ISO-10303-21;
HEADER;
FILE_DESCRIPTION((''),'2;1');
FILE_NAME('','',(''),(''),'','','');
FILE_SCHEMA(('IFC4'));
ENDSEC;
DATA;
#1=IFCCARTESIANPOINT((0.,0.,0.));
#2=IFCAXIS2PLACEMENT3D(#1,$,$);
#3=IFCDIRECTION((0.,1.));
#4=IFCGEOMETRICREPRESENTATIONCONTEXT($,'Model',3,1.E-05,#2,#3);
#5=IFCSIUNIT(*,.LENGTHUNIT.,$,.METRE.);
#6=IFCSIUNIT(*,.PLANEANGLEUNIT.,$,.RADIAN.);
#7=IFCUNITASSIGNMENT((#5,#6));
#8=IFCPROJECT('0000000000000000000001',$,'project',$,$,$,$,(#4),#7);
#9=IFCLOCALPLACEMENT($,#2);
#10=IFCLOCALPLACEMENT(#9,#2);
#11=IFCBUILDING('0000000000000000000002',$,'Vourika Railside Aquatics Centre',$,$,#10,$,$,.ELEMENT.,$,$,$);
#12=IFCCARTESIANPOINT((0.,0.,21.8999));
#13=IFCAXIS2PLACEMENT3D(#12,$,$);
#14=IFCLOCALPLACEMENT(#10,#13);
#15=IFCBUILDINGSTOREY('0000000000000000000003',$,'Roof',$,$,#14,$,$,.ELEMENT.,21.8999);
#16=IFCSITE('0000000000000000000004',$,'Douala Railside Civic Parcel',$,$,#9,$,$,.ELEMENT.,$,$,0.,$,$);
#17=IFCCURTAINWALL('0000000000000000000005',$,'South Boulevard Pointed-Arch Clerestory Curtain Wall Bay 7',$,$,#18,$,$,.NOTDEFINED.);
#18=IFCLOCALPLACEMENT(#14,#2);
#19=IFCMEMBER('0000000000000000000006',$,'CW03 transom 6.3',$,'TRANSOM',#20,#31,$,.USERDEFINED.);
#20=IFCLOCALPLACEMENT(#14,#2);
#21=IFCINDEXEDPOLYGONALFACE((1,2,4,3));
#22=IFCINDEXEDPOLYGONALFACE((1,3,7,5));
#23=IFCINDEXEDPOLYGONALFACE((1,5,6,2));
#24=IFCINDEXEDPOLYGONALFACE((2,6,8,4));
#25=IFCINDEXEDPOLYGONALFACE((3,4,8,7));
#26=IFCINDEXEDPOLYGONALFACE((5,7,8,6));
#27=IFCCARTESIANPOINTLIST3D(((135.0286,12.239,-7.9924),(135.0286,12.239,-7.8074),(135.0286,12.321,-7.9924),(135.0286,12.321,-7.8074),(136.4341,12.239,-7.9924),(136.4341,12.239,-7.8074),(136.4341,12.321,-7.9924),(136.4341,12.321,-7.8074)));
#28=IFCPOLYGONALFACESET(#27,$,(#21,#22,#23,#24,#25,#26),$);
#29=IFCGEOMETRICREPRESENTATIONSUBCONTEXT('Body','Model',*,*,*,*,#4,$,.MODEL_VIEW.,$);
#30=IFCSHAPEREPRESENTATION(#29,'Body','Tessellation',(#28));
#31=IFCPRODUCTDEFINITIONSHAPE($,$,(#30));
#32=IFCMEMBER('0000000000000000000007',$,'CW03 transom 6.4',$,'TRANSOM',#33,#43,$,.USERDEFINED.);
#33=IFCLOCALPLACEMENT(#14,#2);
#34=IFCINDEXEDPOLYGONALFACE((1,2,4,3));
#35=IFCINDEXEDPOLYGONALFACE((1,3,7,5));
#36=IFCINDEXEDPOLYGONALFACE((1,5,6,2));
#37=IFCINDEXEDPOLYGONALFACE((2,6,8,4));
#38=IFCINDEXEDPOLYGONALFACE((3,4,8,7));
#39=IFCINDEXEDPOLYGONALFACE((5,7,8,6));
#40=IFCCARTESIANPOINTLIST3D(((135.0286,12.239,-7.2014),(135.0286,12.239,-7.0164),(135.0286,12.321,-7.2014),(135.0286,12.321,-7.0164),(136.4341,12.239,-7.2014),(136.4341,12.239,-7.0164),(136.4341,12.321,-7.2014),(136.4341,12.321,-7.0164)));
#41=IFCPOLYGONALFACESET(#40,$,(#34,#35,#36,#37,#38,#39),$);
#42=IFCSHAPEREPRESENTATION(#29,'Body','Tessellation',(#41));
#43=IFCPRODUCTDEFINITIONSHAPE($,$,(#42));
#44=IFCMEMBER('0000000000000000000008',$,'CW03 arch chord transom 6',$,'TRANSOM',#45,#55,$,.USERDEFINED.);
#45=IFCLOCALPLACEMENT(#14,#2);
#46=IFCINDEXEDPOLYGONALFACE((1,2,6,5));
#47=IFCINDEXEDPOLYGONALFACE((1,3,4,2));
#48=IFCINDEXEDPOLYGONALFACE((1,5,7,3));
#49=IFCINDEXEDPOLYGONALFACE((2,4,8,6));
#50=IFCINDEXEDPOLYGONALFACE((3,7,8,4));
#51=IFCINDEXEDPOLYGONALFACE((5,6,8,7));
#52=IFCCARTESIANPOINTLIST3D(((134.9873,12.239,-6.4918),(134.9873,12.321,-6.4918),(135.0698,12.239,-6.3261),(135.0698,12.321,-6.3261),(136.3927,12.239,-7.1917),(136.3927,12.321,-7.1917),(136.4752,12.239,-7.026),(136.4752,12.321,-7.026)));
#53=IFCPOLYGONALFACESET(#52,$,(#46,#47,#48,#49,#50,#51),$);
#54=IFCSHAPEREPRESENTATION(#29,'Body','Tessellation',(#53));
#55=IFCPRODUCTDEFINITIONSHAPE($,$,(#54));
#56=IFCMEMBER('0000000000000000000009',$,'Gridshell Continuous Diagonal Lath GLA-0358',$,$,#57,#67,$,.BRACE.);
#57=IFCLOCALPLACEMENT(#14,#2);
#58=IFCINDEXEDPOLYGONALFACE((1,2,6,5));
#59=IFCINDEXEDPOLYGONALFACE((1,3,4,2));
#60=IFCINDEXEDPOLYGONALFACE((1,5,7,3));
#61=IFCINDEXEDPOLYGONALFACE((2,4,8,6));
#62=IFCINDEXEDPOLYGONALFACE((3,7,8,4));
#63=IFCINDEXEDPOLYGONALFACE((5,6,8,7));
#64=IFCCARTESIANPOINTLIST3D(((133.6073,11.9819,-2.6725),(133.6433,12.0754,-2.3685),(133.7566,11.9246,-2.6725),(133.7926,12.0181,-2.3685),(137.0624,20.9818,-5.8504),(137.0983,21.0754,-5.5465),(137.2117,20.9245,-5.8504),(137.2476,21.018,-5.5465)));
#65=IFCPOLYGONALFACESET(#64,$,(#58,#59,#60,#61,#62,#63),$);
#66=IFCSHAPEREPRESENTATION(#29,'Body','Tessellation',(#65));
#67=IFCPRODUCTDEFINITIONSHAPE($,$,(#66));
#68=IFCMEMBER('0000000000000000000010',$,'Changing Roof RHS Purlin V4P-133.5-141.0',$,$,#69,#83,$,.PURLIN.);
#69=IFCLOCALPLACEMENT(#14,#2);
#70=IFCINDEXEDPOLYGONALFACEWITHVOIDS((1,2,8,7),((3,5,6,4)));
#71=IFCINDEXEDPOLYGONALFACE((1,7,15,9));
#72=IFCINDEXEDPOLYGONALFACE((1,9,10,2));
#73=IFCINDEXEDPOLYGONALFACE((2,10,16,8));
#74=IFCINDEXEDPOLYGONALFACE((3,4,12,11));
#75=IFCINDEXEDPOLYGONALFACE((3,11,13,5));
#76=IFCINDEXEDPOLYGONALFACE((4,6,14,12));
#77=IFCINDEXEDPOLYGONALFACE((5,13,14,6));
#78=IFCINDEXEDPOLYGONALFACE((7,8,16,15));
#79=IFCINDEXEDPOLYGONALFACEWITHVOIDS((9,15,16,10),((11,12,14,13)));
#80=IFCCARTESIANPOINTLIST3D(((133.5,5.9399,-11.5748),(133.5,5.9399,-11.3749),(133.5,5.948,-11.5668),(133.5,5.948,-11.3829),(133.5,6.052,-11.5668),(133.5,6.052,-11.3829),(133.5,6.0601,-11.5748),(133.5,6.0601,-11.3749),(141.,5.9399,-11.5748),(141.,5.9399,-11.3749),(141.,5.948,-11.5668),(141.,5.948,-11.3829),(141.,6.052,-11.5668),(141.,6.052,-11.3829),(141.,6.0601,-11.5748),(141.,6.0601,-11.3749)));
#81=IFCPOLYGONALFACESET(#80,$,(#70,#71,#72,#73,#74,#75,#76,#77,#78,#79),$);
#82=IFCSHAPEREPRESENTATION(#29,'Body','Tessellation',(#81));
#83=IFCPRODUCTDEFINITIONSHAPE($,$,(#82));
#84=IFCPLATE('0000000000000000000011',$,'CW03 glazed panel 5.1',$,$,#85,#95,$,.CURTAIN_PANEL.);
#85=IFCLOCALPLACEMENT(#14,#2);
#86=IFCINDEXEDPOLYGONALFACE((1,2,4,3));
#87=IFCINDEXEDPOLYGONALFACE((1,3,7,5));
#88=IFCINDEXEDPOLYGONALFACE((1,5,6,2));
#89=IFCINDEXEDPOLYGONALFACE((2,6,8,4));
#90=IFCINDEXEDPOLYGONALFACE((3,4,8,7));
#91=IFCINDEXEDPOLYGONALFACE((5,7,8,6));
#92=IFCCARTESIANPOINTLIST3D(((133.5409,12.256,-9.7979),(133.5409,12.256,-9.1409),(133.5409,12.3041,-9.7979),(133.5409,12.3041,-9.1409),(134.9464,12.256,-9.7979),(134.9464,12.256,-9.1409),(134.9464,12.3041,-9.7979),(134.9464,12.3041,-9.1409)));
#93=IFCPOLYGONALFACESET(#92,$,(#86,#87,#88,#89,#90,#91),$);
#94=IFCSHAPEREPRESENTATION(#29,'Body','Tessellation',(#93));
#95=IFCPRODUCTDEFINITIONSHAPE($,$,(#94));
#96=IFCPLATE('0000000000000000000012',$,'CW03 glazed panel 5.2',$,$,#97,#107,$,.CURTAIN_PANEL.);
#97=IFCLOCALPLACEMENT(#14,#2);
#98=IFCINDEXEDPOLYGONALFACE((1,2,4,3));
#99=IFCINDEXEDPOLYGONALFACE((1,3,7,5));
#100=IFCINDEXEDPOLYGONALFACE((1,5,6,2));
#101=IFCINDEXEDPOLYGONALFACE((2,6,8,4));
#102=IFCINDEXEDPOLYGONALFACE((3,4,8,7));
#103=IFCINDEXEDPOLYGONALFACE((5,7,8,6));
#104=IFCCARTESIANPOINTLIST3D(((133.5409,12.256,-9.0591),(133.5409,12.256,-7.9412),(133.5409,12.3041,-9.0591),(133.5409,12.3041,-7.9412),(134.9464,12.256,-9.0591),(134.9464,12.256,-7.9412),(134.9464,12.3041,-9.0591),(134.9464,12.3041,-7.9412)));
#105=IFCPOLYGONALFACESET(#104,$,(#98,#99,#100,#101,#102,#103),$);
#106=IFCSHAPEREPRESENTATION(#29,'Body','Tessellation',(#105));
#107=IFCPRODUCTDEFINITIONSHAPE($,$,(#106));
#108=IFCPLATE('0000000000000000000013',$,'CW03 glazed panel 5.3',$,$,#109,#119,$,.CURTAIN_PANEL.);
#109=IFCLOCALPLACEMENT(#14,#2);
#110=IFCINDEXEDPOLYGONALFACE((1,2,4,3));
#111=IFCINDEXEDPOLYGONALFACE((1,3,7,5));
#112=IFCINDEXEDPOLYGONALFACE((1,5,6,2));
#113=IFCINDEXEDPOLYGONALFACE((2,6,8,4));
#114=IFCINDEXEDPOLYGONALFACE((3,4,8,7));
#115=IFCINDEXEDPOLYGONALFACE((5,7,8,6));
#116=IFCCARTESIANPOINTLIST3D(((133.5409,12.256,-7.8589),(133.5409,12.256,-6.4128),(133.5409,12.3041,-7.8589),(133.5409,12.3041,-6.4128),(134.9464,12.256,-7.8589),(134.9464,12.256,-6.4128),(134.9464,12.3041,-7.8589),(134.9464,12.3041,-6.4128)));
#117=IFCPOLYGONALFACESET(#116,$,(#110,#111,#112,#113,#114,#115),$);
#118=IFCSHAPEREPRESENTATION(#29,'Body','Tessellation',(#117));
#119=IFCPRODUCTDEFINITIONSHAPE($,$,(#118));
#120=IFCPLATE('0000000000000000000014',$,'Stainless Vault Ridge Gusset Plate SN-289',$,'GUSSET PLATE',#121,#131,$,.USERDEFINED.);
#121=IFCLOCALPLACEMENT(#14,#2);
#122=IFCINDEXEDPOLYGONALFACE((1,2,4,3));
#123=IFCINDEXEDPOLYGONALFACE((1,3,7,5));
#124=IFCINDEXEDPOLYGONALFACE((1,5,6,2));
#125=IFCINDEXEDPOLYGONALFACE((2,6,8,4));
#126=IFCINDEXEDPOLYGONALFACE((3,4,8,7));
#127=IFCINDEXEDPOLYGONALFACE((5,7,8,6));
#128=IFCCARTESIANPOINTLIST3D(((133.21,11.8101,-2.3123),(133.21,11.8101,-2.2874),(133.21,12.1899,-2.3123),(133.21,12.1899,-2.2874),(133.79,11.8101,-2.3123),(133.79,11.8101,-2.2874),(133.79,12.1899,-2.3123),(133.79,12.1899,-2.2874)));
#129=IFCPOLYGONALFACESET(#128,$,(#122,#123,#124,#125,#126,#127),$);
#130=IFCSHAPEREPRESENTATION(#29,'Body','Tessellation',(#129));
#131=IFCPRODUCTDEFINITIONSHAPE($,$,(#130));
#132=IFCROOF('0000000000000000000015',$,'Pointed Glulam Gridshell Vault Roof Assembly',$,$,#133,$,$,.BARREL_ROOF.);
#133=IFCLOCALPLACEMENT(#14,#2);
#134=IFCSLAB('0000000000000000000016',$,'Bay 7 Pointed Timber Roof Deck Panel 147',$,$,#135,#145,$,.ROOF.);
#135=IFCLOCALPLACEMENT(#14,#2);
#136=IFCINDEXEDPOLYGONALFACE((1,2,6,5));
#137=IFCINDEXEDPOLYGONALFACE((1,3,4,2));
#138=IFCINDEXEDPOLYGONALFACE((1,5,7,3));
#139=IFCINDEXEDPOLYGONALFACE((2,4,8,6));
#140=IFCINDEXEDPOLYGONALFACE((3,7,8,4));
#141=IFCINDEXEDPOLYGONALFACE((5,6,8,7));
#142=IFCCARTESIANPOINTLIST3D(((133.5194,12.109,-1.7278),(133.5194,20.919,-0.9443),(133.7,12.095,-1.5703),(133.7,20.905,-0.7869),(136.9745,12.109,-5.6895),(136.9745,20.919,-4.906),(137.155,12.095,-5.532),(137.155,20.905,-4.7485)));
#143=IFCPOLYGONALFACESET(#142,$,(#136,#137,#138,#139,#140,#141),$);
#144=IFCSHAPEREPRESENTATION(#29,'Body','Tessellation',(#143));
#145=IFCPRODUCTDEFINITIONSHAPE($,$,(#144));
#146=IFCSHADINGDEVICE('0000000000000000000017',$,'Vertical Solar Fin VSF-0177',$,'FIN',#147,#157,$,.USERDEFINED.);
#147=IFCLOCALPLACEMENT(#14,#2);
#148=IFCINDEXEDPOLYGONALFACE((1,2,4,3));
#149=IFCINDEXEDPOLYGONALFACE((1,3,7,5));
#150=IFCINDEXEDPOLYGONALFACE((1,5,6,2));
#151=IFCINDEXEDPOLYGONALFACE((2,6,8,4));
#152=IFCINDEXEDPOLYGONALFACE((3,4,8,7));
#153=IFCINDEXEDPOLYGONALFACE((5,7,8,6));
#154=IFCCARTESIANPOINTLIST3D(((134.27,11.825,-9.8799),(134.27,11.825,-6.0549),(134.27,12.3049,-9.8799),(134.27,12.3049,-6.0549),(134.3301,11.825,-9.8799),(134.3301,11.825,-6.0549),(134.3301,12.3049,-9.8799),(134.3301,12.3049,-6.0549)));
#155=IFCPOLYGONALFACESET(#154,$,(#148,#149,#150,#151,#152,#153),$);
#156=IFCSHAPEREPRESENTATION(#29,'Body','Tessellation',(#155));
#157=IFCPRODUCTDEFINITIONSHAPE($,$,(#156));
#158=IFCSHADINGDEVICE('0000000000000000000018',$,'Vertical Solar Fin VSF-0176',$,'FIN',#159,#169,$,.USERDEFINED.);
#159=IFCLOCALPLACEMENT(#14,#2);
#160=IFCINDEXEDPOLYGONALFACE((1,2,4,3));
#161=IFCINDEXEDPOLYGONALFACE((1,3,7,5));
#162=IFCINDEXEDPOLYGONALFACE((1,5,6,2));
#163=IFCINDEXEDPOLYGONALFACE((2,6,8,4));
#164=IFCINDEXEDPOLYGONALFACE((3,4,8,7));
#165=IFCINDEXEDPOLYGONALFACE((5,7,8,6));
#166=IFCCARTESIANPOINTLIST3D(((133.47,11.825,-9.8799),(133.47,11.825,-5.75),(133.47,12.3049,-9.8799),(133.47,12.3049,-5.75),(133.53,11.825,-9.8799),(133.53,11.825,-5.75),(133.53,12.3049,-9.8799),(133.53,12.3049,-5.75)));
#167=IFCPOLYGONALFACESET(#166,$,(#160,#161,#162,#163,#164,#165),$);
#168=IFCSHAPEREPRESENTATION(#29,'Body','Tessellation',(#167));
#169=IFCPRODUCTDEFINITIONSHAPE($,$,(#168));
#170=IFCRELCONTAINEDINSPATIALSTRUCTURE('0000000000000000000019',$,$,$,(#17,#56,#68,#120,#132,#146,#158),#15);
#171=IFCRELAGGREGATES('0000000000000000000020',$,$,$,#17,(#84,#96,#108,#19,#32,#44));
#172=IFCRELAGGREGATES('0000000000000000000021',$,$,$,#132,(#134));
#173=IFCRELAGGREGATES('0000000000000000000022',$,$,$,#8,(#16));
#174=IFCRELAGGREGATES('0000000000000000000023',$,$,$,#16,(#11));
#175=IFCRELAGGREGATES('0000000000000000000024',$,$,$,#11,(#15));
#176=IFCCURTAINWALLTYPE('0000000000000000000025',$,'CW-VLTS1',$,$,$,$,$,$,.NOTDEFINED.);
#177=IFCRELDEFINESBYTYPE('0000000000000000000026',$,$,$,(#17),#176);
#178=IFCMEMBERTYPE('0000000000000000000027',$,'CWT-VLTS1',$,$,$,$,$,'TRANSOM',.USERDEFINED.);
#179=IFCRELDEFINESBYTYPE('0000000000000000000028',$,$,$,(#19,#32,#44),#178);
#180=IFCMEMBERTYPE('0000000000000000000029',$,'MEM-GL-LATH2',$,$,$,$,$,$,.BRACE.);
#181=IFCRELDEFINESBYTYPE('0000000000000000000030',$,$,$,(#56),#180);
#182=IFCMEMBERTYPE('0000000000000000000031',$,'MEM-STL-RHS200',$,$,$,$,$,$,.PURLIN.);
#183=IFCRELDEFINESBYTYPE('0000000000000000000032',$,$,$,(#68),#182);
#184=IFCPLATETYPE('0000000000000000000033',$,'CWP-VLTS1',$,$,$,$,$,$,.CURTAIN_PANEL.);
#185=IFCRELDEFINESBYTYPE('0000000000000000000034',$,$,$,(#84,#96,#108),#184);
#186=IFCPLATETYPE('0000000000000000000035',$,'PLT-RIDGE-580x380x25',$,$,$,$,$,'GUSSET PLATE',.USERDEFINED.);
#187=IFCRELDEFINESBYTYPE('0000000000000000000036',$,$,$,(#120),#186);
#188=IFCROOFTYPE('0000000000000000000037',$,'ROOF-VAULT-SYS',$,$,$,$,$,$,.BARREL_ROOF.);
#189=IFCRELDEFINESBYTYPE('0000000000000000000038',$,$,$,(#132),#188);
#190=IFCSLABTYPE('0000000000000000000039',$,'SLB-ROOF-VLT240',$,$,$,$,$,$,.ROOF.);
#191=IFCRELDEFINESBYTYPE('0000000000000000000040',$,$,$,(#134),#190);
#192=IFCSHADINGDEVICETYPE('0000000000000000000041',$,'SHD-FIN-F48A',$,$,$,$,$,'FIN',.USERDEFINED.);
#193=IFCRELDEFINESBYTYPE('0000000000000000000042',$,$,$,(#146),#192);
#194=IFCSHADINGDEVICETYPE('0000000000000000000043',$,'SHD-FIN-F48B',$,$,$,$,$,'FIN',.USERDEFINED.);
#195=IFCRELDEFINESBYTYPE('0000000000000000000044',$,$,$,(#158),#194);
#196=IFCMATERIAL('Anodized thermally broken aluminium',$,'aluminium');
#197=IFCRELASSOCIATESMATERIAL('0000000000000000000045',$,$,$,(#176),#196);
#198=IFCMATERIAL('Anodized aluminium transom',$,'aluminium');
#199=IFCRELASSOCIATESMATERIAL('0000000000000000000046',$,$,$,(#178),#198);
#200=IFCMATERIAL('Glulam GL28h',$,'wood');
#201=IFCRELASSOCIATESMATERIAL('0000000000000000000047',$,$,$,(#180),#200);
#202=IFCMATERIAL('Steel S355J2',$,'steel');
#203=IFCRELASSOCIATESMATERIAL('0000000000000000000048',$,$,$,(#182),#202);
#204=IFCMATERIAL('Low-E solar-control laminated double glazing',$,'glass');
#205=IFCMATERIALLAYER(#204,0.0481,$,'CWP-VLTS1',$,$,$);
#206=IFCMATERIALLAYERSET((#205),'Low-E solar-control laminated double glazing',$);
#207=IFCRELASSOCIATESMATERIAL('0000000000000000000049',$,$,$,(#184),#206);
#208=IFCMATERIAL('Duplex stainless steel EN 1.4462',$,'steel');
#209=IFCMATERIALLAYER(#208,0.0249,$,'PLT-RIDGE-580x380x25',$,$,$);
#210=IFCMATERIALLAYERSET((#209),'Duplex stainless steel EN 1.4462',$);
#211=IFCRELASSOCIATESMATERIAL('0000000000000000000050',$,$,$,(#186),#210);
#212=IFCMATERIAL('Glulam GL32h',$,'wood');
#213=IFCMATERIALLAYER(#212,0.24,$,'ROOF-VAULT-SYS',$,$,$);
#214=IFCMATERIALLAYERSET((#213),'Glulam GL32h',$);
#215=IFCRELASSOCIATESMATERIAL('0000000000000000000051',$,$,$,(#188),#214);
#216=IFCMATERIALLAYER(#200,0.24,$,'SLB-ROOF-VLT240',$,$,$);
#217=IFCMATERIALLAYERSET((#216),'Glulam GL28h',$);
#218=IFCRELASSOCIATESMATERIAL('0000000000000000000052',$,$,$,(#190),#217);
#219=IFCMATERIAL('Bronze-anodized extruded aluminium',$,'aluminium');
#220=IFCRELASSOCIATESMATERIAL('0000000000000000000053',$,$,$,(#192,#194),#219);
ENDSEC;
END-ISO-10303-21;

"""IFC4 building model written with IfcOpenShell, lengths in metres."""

from ifc_helpers import new_model, si_unit, direction, frame, origin, origin_2d, place, context, subcontext, project, spatial, polyline, rectangle, hollow_rectangle, outline, extrude, material, layer, layer_set, material_profile, profile_set, type_object, element, aggregate, save


model = new_model("IFC4")

# Units and contexts
model_context = context("Model", 3, precision=1e-05, world=origin(), true_north=direction((0.0, 1.0)))
body_context = subcontext(model_context, "Body", "Model", "MODEL_VIEW")
ifc_project = project(units=[si_unit("LENGTHUNIT", "METRE"), si_unit("PLANEANGLEUNIT", "RADIAN")], contexts=[model_context])

# Site, building, storey
site_placement = place(None, origin())
site = spatial("IfcSite", under=ifc_project, at=site_placement, Name="Douala Railside Civic Parcel", CompositionType="ELEMENT", RefElevation=0.0)
building_placement = place(site_placement, origin())
building = spatial("IfcBuilding", under=site, at=building_placement, Name="Vourika Railside Aquatics Centre", CompositionType="ELEMENT")
storey_placement = place(building_placement, frame((0.0, 0.0, 21.8999)))
storey = spatial("IfcBuildingStorey", under=building, at=storey_placement, Name="Roof", CompositionType="ELEMENT", Elevation=21.8999)

# Shared definitions
ifc_material_1 = material(Name="Steel S355J2", Category="steel")

# Shared definitions
ifc_material_2 = material(Name="Glulam GL32h", Category="wood")

# Curtain wall, members
ifc_material_3 = material(Name="Anodized thermally broken aluminium", Category="aluminium")
curtain_wall_type = type_object("IfcCurtainWallType", Name="CW-VLTS1", PredefinedType="NOTDEFINED", material=ifc_material_3)
curtain_wall_placement = place(storey_placement, origin())
curtain_wall = element("IfcCurtainWall", 1, at=curtain_wall_placement, inside=storey, type_object=curtain_wall_type, Name="South Boulevard Pointed-Arch Clerestory Curtain Wall Bay 7", PredefinedType="NOTDEFINED")
ifc_material_4 = material(Name="Anodized aluminium transom", Category="aluminium")
ifc_material_profile_1 = material_profile(ifc_material_4, rectangle(XDim=0.082, YDim=0.1851, at=origin_2d()), Name="ALU-T 82x185")
ifc_profile_set_1 = profile_set([ifc_material_profile_1], Name="Anodized aluminium transom")
member_type_1 = type_object("IfcMemberType", Name="CWT-VLTS1", ElementType="TRANSOM", PredefinedType="USERDEFINED", material=ifc_profile_set_1)
member_1_placement = place(storey_placement, frame((135.0286, 12.28, -7.8999), z_axis=(1.0, 0.0, 0.0), x_axis=(0.0, 1.0, 0.0)))
member_1 = element("IfcMember", 2, at=member_1_placement, type_object=member_type_1, Name="CW03 transom 6.3", ObjectType="TRANSOM", PredefinedType="USERDEFINED", context=body_context, shape_type="SweptSolid", body=[
    extrude(rectangle(XDim=0.082, YDim=0.1851, at=origin_2d()), origin(), (0.0, 0.0, 1.0), 1.4055),
])
member_2_placement = place(storey_placement, frame((135.0286, 12.28, -7.1089), z_axis=(1.0, 0.0, 0.0), x_axis=(0.0, 1.0, 0.0)))
member_2 = element("IfcMember", 3, at=member_2_placement, type_object=member_type_1, Name="CW03 transom 6.4", ObjectType="TRANSOM", PredefinedType="USERDEFINED", context=body_context, shape_type="SweptSolid", body=[
    extrude(rectangle(XDim=0.082, YDim=0.1851, at=origin_2d()), origin(), (0.0, 0.0, 1.0), 1.4055),
])
member_3_placement = place(storey_placement, frame((135.0286, 12.28, -6.4089), z_axis=(0.895141, 0.0, -0.445783), x_axis=(0.0, 1.0, 0.0)))
member_3 = element("IfcMember", 4, at=member_3_placement, type_object=member_type_1, Name="CW03 arch chord transom 6", ObjectType="TRANSOM", PredefinedType="USERDEFINED", context=body_context, shape_type="SweptSolid", body=[
    extrude(rectangle(XDim=0.082, YDim=0.1851, at=origin_2d()), origin(), (0.0, 0.0, 1.0), 1.5701),
])

# Members
ifc_material_5 = material(Name="Glulam GL28h", Category="wood")
ifc_material_profile_2 = material_profile(ifc_material_5, rectangle(XDim=0.1599, YDim=0.3201, at=origin_2d()), Name="GL28h 160x320")
ifc_profile_set_2 = profile_set([ifc_material_profile_2], Name="Glulam GL28h")
member_type_2 = type_object("IfcMemberType", Name="MEM-GL-LATH2", PredefinedType="BRACE", material=ifc_profile_set_2)
member_4_placement = place(storey_placement, frame((133.7, 12.0, -2.5205), z_axis=(0.340378, 0.886637, -0.313079), x_axis=(-0.93357, 0.358395, 0.0)))
element("IfcMember", 5, at=member_4_placement, inside=storey, type_object=member_type_2, Name="Gridshell Continuous Diagonal Lath GLA-0358", PredefinedType="BRACE", context=body_context, shape_type="SweptSolid", body=[
    extrude(rectangle(XDim=0.1599, YDim=0.3201, at=origin_2d()), origin(), (0.0, 0.0, 1.0), 10.1506),
])
ifc_material_profile_3 = material_profile(ifc_material_1, hollow_rectangle(XDim=0.1201, YDim=0.2, WallThickness=0.0081, at=origin_2d()), Name="RHS 200x120x8")
ifc_profile_set_3 = profile_set([ifc_material_profile_3], Name="Steel S355J2")
member_type_3 = type_object("IfcMemberType", Name="MEM-STL-RHS200", PredefinedType="PURLIN", material=ifc_profile_set_3)
member_5_placement = place(storey_placement, frame((133.5, 6.0, -11.4749), z_axis=(1.0, 0.0, 0.0), x_axis=(0.0, 1.0, 0.0)))
element("IfcMember", 6, at=member_5_placement, inside=storey, type_object=member_type_3, Name="Changing Roof RHS Purlin V4P-133.5-141.0", PredefinedType="PURLIN", context=body_context, shape_type="SweptSolid", body=[
    extrude(hollow_rectangle(XDim=0.1201, YDim=0.2, WallThickness=0.0081, at=origin_2d()), origin(), (0.0, 0.0, 1.0), 7.5),
])

# Plates
ifc_material_6 = material(Name="Low-E solar-control laminated double glazing", Category="glass")
ifc_layer_1 = layer(ifc_material_6, 0.0481, Name="CWP-VLTS1")
ifc_layer_set_1 = layer_set([ifc_layer_1], Name="Low-E solar-control laminated double glazing")
plate_type_1 = type_object("IfcPlateType", Name="CWP-VLTS1", PredefinedType="CURTAIN_PANEL", material=ifc_layer_set_1)
plate_1_placement = place(storey_placement, frame((134.2437, 12.28, -9.7979), z_axis=(0.0, 0.0, 1.0), x_axis=(1.0, 0.0, 0.0)))
plate_1 = element("IfcPlate", 7, at=plate_1_placement, type_object=plate_type_1, Name="CW03 glazed panel 5.1", PredefinedType="CURTAIN_PANEL", context=body_context, shape_type="SweptSolid", body=[
    extrude(rectangle(XDim=1.4055, YDim=0.0481, at=origin_2d()), origin(), (0.0, 0.0, 1.0), 0.657),
])
plate_2_placement = place(storey_placement, frame((134.2437, 12.28, -9.0591), z_axis=(0.0, 0.0, 1.0), x_axis=(1.0, 0.0, 0.0)))
plate_2 = element("IfcPlate", 8, at=plate_2_placement, type_object=plate_type_1, Name="CW03 glazed panel 5.2", PredefinedType="CURTAIN_PANEL", context=body_context, shape_type="SweptSolid", body=[
    extrude(rectangle(XDim=1.4055, YDim=0.0481, at=origin_2d()), origin(), (0.0, 0.0, 1.0), 1.1179),
])
plate_3_placement = place(storey_placement, frame((134.2437, 12.28, -7.8589), z_axis=(0.0, 0.0, 1.0), x_axis=(1.0, 0.0, 0.0)))
plate_3 = element("IfcPlate", 9, at=plate_3_placement, type_object=plate_type_1, Name="CW03 glazed panel 5.3", PredefinedType="CURTAIN_PANEL", context=body_context, shape_type="SweptSolid", body=[
    extrude(rectangle(XDim=1.4055, YDim=0.0481, at=origin_2d()), origin(), (0.0, 0.0, 1.0), 1.446),
])
aggregate(curtain_wall, [plate_1, plate_2, plate_3, member_1, member_2, member_3])
ifc_material_7 = material(Name="Duplex stainless steel EN 1.4462", Category="steel")
ifc_layer_2 = layer(ifc_material_7, 0.0249, Name="PLT-RIDGE-580x380x25")
ifc_layer_set_2 = layer_set([ifc_layer_2], Name="Duplex stainless steel EN 1.4462")
plate_type_2 = type_object("IfcPlateType", Name="PLT-RIDGE-580x380x25", ElementType="GUSSET PLATE", PredefinedType="USERDEFINED", material=ifc_layer_set_2)
plate_4_placement = place(storey_placement, frame((133.5, 12.0, -2.3123), z_axis=(0.0, 0.0, 1.0), x_axis=(1.0, 0.0, 0.0)))
element("IfcPlate", 10, at=plate_4_placement, inside=storey, type_object=plate_type_2, Name="Stainless Vault Ridge Gusset Plate SN-289", ObjectType="GUSSET PLATE", PredefinedType="USERDEFINED", context=body_context, shape_type="SweptSolid", body=[
    extrude(rectangle(XDim=0.5801, YDim=0.3799, at=origin_2d()), origin(), (0.0, 0.0, 1.0), 0.0249),
])

# Roof, slab
ifc_layer_3 = layer(ifc_material_2, 0.24, Name="ROOF-VAULT-SYS")
ifc_layer_set_3 = layer_set([ifc_layer_3], Name="Glulam GL32h")
roof_type = type_object("IfcRoofType", Name="ROOF-VAULT-SYS", PredefinedType="BARREL_ROOF", material=ifc_layer_set_3)
roof_placement = place(storey_placement, origin())
roof = element("IfcRoof", 11, at=roof_placement, inside=storey, type_object=roof_type, Name="Pointed Glulam Gridshell Vault Roof Assembly", PredefinedType="BARREL_ROOF")
ifc_layer_4 = layer(ifc_material_5, 0.24, Name="SLB-ROOF-VLT240")
ifc_layer_set_4 = layer_set([ifc_layer_4], Name="Glulam GL28h")
slab_type = type_object("IfcSlabType", Name="SLB-ROOF-VLT240", PredefinedType="ROOF", material=ifc_layer_set_4)
slab_placement = place(storey_placement, frame((133.7, 12.095, -1.5703), z_axis=(0.752365, -0.05835, 0.656157), x_axis=(0.657277, 0.0, -0.753649)))
slab = element("IfcSlab", 12, at=slab_placement, type_object=slab_type, Name="Bay 7 Pointed Timber Roof Deck Panel 147", PredefinedType="ROOF", context=body_context, shape_type="SweptSolid", body=[
    extrude(outline(polyline([(0.0, 0.0), (5.2567, 0.0), (4.6662, 8.8251), (-0.5904, 8.8251), (0.0, 0.0)])), origin(), (0.0, 0.0, -1.0), 0.24),
])
aggregate(roof, [slab])

# Shading devices
ifc_material_8 = material(Name="Bronze-anodized extruded aluminium", Category="aluminium")
ifc_material_profile_4 = material_profile(ifc_material_8, rectangle(XDim=0.0601, YDim=0.48, at=origin_2d()), Name="ALU-FIN 60x480")
ifc_profile_set_4 = profile_set([ifc_material_profile_4], Name="Bronze-anodized extruded aluminium")
shading_device_type_1 = type_object("IfcShadingDeviceType", Name="SHD-FIN-F48A", ElementType="FIN", PredefinedType="USERDEFINED", material=ifc_profile_set_4)
shading_device_1_placement = place(storey_placement, frame((134.3, 12.0649, -9.8799), z_axis=(0.0, 0.0, 1.0), x_axis=(-1.0, 0.0, 0.0)))
element("IfcShadingDevice", 13, at=shading_device_1_placement, inside=storey, type_object=shading_device_type_1, Name="Vertical Solar Fin VSF-0177", ObjectType="FIN", PredefinedType="USERDEFINED", context=body_context, shape_type="SweptSolid", body=[
    extrude(rectangle(XDim=0.0601, YDim=0.48, at=origin_2d()), origin(), (0.0, 0.0, 1.0), 3.825),
])
ifc_material_profile_5 = material_profile(ifc_material_8, rectangle(XDim=0.0601, YDim=0.48, at=origin_2d()), Name="ALU-FIN 60x480")
ifc_profile_set_5 = profile_set([ifc_material_profile_5], Name="Bronze-anodized extruded aluminium")
shading_device_type_2 = type_object("IfcShadingDeviceType", Name="SHD-FIN-F48B", ElementType="FIN", PredefinedType="USERDEFINED", material=ifc_profile_set_5)
shading_device_2_placement = place(storey_placement, frame((133.5, 12.0649, -9.8799), z_axis=(0.0, 0.0, 1.0), x_axis=(-1.0, 0.0, 0.0)))
element("IfcShadingDevice", 14, at=shading_device_2_placement, inside=storey, type_object=shading_device_type_2, Name="Vertical Solar Fin VSF-0176", ObjectType="FIN", PredefinedType="USERDEFINED", context=body_context, shape_type="SweptSolid", body=[
    extrude(rectangle(XDim=0.0601, YDim=0.48, at=origin_2d()), origin(), (0.0, 0.0, 1.0), 4.1299),
])

save(model, "model.ifc")
